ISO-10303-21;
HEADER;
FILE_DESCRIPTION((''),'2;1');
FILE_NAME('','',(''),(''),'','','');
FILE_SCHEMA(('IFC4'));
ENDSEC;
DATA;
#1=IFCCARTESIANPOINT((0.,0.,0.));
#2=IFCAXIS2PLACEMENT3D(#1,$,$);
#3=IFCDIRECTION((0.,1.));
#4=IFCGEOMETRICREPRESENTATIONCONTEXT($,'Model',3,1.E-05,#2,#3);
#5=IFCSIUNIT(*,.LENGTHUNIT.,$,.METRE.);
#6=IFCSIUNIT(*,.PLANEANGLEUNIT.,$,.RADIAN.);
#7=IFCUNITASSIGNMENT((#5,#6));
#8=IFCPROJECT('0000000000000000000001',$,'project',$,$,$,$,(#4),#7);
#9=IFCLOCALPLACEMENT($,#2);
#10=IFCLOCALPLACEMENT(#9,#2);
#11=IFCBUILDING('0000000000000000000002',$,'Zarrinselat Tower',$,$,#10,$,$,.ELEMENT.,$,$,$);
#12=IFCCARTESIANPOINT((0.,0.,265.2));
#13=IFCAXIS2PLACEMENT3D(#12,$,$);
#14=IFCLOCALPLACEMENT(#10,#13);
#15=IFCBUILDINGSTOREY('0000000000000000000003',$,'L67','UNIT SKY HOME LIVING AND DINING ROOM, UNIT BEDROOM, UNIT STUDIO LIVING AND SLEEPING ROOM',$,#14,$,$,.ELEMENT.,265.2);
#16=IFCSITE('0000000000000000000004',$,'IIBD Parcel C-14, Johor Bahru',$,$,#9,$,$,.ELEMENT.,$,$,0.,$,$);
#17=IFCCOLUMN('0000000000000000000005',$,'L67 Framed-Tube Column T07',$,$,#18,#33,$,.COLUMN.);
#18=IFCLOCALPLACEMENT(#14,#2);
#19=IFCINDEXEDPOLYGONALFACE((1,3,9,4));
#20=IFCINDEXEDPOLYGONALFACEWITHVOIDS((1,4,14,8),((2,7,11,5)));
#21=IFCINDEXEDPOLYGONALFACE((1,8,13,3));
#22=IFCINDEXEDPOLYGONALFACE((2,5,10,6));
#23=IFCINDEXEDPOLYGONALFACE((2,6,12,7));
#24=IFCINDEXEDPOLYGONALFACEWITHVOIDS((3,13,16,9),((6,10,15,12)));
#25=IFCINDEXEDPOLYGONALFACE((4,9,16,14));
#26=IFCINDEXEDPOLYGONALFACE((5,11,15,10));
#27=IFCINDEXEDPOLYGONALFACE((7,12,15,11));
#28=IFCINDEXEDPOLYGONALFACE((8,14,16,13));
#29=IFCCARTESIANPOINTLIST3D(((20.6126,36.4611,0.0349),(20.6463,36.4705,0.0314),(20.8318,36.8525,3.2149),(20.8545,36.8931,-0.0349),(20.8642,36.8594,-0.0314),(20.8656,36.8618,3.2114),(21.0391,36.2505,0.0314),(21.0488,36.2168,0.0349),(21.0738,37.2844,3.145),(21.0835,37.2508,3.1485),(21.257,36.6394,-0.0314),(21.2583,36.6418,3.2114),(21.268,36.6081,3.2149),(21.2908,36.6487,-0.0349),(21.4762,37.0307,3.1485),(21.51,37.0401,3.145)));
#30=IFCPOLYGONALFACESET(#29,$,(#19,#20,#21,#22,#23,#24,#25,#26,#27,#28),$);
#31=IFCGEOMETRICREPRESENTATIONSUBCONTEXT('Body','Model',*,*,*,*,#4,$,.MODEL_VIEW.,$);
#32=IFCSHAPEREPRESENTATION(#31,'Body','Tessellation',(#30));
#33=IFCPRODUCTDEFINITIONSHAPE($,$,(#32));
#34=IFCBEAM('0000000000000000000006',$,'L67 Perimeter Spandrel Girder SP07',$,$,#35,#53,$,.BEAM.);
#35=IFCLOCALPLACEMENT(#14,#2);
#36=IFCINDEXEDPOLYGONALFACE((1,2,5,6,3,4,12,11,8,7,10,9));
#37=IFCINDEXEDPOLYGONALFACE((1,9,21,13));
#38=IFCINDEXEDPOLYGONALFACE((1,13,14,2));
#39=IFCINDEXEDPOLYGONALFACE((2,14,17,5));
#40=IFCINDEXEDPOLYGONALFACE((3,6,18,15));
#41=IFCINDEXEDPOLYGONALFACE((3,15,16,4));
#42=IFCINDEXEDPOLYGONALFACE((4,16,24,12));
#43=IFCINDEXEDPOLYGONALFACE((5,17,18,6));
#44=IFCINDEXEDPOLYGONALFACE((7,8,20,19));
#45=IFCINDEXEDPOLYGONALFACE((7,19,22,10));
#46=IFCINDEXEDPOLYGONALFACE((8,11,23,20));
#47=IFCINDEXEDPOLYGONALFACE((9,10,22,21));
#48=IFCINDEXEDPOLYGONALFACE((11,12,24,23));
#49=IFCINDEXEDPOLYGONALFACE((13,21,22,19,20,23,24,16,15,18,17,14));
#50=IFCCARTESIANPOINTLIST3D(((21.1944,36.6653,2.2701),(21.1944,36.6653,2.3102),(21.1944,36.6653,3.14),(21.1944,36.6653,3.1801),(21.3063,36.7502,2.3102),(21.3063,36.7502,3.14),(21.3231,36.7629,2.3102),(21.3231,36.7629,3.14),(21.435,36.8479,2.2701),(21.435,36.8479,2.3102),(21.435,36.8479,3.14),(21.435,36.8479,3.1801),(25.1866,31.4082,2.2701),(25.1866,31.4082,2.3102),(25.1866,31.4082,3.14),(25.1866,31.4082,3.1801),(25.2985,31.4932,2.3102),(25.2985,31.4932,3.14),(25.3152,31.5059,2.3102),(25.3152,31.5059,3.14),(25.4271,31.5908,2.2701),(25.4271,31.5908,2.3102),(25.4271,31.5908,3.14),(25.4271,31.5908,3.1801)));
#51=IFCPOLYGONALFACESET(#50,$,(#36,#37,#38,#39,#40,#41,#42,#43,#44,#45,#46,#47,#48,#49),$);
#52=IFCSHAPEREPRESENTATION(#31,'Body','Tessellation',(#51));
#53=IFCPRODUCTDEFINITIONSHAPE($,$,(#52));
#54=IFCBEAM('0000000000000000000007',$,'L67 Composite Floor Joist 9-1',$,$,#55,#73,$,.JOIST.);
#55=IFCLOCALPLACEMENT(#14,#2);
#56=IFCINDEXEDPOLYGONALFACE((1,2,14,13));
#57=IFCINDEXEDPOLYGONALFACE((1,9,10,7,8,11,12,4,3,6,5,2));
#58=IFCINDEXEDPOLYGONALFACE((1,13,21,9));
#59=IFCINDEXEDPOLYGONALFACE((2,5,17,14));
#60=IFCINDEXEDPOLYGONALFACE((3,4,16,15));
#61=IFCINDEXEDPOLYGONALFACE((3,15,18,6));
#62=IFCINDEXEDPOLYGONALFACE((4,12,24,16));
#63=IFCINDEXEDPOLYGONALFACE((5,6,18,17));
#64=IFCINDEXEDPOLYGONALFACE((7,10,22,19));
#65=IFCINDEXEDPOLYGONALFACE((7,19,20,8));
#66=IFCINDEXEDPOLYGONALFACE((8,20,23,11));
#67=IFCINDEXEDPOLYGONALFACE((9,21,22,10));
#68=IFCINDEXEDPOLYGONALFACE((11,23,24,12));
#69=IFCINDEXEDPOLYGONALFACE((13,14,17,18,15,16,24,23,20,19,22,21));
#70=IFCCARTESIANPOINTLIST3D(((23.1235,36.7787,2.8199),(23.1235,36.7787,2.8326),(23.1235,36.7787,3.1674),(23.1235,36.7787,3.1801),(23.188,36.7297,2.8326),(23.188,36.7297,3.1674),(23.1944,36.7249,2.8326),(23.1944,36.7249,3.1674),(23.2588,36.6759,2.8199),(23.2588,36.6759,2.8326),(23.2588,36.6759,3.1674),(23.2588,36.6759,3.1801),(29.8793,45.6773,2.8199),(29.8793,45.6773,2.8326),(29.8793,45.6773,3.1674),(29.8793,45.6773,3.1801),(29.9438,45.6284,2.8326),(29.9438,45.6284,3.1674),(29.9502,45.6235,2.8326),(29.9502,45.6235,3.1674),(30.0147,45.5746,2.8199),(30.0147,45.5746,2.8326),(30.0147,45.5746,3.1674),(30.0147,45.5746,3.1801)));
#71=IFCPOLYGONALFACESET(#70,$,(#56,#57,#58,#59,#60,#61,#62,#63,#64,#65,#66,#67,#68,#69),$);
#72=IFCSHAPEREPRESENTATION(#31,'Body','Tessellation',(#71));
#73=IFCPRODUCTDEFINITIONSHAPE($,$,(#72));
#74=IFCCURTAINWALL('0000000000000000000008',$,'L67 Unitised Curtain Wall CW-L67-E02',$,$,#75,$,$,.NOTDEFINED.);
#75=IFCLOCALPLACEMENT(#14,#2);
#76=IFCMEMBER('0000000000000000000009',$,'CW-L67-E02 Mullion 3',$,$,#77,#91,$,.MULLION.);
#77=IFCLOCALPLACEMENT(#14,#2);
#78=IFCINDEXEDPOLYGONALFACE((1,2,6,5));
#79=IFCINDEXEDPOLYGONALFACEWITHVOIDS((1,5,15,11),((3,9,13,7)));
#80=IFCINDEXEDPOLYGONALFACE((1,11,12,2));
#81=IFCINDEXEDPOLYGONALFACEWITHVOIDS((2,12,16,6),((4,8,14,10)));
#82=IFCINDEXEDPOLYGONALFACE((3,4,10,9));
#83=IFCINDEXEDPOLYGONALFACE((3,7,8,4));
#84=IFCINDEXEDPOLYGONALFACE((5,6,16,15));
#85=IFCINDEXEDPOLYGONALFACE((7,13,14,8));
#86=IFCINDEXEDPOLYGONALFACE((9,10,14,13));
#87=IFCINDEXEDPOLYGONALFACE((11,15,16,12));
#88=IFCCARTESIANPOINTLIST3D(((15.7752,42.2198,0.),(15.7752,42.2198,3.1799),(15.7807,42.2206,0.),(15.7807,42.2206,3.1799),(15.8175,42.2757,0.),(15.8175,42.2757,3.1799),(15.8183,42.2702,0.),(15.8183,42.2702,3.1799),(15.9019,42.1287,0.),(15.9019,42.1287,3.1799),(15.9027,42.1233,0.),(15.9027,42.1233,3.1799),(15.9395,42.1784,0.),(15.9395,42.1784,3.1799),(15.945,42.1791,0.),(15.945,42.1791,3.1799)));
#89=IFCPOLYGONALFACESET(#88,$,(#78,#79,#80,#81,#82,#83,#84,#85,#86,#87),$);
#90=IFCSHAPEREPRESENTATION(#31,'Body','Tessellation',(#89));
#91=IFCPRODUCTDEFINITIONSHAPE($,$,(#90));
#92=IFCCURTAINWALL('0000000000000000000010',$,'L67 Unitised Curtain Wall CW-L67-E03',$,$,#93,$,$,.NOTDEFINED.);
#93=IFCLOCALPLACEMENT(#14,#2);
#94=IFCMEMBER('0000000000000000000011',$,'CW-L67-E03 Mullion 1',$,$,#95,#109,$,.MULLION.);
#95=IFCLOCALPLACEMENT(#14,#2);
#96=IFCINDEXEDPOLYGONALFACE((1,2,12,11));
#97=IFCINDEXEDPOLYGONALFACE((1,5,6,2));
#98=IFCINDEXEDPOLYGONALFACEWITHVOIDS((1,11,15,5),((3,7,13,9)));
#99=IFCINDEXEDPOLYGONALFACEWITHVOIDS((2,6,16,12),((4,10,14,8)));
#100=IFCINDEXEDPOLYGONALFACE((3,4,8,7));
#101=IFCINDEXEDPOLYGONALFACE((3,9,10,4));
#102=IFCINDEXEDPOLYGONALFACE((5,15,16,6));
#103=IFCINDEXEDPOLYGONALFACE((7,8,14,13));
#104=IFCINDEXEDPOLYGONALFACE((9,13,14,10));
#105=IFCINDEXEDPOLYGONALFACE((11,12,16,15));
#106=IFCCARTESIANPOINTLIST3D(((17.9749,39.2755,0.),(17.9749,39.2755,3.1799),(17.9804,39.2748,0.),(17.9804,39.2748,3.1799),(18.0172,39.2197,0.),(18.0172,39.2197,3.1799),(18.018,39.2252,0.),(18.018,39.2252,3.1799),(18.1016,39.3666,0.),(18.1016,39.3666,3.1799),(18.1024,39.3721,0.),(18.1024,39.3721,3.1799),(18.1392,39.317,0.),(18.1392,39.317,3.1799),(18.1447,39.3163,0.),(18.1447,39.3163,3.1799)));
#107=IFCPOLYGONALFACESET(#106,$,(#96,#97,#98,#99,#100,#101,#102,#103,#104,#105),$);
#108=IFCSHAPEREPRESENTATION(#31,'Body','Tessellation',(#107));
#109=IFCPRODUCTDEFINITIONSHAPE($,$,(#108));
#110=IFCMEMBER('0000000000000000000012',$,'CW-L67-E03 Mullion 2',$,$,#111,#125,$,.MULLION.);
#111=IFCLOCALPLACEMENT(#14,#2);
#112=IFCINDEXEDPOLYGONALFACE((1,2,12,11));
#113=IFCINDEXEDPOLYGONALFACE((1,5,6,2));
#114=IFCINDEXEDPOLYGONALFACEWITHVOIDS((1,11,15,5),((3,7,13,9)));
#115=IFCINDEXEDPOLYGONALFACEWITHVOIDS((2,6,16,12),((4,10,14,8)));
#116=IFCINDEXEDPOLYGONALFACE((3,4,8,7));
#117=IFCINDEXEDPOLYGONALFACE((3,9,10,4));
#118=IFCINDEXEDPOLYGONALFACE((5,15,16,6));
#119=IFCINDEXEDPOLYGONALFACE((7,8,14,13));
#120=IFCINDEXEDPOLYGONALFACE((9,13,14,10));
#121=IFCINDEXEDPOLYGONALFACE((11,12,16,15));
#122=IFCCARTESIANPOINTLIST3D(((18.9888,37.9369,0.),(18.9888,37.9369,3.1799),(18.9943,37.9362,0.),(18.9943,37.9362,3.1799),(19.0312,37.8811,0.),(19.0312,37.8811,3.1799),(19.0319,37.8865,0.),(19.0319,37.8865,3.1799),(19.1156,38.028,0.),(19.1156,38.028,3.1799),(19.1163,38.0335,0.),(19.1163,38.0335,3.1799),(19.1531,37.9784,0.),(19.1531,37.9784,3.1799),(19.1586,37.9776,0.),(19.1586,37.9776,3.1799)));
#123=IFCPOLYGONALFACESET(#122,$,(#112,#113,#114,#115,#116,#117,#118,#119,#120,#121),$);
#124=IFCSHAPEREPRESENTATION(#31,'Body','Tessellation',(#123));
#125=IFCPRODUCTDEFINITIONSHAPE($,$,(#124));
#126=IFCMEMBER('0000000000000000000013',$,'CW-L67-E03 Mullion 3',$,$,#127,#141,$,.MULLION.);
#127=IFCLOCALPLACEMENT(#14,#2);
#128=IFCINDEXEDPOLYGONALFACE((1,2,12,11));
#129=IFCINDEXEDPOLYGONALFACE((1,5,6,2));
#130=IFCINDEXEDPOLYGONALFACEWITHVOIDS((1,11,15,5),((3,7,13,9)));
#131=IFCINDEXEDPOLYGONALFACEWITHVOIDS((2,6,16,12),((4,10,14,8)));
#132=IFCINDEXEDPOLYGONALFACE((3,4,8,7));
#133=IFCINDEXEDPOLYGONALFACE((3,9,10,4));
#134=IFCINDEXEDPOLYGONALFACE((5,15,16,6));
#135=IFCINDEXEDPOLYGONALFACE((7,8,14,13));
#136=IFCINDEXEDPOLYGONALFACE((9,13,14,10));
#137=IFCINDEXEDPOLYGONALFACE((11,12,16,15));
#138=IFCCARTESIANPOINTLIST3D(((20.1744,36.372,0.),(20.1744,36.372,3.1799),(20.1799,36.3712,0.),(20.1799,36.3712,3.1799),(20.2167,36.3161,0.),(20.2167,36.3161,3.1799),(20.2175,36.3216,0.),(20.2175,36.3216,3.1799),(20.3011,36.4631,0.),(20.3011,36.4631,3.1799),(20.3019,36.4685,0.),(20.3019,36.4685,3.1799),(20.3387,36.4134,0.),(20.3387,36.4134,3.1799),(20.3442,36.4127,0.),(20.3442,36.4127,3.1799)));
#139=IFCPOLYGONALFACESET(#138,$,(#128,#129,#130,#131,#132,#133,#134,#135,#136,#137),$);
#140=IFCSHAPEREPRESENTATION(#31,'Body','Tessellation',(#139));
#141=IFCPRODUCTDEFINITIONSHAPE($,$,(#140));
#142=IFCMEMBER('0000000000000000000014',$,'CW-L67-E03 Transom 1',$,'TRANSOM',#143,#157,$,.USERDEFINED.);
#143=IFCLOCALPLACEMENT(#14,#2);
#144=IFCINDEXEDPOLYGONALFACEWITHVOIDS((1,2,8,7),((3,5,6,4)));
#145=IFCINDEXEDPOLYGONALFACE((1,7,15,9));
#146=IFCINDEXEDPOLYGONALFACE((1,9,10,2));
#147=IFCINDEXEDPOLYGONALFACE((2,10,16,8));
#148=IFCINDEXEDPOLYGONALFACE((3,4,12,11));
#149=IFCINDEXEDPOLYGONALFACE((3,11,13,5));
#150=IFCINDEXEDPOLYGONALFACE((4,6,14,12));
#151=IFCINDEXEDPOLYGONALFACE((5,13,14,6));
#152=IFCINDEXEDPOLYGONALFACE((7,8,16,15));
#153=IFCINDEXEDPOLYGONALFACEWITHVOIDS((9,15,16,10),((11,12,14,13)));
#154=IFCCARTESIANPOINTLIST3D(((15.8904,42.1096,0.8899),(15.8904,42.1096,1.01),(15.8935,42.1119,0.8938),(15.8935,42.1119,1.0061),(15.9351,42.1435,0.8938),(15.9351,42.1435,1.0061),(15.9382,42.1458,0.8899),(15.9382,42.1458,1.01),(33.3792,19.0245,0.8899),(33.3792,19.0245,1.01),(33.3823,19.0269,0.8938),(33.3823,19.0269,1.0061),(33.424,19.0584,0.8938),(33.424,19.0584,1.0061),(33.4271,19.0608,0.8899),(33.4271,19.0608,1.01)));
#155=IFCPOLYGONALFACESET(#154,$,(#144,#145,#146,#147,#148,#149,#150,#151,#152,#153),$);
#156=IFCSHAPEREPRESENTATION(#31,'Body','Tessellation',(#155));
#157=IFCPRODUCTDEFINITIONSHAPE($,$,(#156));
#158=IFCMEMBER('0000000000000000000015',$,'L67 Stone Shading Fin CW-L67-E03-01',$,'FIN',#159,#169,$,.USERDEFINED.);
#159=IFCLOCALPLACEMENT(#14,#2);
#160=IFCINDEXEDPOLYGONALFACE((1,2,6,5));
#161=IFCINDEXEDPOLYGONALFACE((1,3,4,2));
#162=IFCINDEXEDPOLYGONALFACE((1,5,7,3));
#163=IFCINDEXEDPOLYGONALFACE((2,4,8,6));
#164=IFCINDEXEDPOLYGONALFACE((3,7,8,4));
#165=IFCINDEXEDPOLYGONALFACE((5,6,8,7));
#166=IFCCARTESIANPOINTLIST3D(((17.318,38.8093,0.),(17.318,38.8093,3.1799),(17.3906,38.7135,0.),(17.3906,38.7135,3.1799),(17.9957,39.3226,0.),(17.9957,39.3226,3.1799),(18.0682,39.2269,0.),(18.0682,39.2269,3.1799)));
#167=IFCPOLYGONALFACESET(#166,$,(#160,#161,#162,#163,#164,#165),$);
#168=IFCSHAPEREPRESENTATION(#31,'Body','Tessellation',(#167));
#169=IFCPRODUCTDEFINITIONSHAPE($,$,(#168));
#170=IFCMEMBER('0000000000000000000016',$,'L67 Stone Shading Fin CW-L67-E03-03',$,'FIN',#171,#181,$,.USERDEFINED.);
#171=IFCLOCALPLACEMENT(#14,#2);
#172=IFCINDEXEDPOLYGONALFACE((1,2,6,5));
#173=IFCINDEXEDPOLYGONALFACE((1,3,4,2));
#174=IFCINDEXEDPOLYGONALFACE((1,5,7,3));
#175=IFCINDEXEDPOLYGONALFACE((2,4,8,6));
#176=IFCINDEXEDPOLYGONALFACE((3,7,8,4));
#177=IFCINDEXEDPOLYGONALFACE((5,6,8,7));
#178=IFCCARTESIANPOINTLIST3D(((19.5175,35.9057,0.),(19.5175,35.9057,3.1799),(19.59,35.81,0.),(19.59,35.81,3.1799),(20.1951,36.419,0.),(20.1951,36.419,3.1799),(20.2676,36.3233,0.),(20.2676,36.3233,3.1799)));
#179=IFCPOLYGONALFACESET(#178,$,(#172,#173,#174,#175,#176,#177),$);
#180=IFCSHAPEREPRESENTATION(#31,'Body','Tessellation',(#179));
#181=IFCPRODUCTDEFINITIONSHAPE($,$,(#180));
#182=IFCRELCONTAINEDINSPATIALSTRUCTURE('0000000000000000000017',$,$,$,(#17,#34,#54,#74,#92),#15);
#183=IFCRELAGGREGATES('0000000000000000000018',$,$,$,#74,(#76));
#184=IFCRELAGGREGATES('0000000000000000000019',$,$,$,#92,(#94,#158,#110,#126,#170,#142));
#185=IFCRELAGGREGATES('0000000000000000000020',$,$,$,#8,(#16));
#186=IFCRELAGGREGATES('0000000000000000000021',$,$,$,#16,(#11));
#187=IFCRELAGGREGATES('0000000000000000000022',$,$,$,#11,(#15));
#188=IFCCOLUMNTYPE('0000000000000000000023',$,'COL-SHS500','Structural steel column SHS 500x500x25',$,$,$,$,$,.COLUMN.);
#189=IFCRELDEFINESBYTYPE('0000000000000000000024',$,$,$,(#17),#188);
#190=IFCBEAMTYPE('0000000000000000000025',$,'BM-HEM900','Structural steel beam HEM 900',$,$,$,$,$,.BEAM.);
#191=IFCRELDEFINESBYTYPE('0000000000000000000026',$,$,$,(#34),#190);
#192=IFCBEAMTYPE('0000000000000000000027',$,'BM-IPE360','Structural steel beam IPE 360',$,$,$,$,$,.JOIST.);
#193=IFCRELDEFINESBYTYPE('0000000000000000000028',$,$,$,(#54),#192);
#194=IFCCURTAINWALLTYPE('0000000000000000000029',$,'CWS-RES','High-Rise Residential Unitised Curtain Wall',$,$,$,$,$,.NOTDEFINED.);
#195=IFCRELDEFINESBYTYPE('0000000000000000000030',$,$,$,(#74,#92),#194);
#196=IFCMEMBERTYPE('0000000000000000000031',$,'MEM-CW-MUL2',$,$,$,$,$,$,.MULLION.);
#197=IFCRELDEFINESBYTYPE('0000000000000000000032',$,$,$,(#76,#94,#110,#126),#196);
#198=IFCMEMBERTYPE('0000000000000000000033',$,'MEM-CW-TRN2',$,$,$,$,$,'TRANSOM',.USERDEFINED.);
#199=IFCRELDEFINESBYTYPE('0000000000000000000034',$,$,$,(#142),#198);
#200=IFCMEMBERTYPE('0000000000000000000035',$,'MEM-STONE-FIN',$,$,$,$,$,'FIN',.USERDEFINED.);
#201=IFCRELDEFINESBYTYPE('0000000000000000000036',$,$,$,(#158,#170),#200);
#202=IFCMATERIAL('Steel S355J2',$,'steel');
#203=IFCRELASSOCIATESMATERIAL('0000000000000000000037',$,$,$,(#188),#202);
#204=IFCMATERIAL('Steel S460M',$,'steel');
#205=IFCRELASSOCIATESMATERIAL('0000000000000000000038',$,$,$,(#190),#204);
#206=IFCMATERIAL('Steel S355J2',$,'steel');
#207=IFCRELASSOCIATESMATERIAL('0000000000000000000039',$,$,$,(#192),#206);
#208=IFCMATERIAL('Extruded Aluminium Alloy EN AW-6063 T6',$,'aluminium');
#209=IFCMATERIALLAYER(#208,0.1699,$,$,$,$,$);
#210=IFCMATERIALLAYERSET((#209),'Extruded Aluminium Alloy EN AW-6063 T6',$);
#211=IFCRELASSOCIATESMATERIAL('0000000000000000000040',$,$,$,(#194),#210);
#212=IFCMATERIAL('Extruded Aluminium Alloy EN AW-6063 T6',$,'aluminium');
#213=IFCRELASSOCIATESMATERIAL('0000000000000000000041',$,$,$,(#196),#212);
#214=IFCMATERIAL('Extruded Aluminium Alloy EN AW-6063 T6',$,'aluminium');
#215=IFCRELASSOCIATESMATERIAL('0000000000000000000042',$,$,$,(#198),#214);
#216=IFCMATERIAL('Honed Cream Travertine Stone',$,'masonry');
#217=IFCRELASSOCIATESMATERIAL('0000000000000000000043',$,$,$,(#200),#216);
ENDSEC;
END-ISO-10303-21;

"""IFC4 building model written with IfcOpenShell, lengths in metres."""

from ifc_helpers import new_model, si_unit, direction, frame, origin, origin_2d, place, context, subcontext, project, spatial, rectangle, hollow_rectangle, i_section, extrude, material, layer, layer_set, material_profile, profile_set, type_object, element, aggregate, save


model = new_model("IFC4")

# Units and contexts
model_context = context("Model", 3, precision=1e-05, world=origin(), true_north=direction((0.0, 1.0)))
body_context = subcontext(model_context, "Body", "Model", "MODEL_VIEW")
ifc_project = project(units=[si_unit("LENGTHUNIT", "METRE"), si_unit("PLANEANGLEUNIT", "RADIAN")], contexts=[model_context])

# Site, building, storey
site_placement = place(None, origin())
site = spatial("IfcSite", under=ifc_project, at=site_placement, Name="IIBD Parcel C-14, Johor Bahru", CompositionType="ELEMENT", RefElevation=0.0)
building_placement = place(site_placement, origin())
building = spatial("IfcBuilding", under=site, at=building_placement, Name="Zarrinselat Tower", CompositionType="ELEMENT")
storey_placement = place(building_placement, frame((0.0, 0.0, 265.2)))
storey = spatial("IfcBuildingStorey", under=building, at=storey_placement, Name="L67", Description="UNIT SKY HOME LIVING AND DINING ROOM, UNIT BEDROOM, UNIT STUDIO LIVING AND SLEEPING ROOM", CompositionType="ELEMENT", Elevation=265.2)

# Column
ifc_material_1 = material(Name="Steel S355J2", Category="steel")
ifc_material_profile_1 = material_profile(ifc_material_1, hollow_rectangle(XDim=0.5, YDim=0.5, WallThickness=0.0249, at=origin_2d()), Name="SHS 500x500x25")
ifc_profile_set_1 = profile_set([ifc_material_profile_1], Name="Steel S355J2")
column_type = type_object("IfcColumnType", Name="COL-SHS500", Description="Structural steel column SHS 500x500x25", PredefinedType="COLUMN", material=ifc_profile_set_1)
column_placement = place(storey_placement, frame((20.9517, 36.5549, 0.0), z_axis=(0.068268, 0.121864, 0.990196), x_axis=(-0.872432, 0.488736, 0.0)))
element("IfcColumn", 1, at=column_placement, inside=storey, type_object=column_type, Name="L67 Framed-Tube Column T07", PredefinedType="COLUMN", context=body_context, shape_type="SweptSolid", body=[
    extrude(hollow_rectangle(XDim=0.5, YDim=0.5, WallThickness=0.0249, at=origin_2d()), origin(), (0.0, 0.0, 1.0), 3.2114),
])

# Beams
ifc_material_2 = material(Name="Steel S460M", Category="steel")
ifc_material_profile_2 = material_profile(ifc_material_2, i_section(OverallWidth=0.302, OverallDepth=0.9099, WebThickness=0.021, FlangeThickness=0.04, at=origin_2d()), Name="HEM 900")
ifc_profile_set_2 = profile_set([ifc_material_profile_2], Name="Steel S460M")
beam_type_1 = type_object("IfcBeamType", Name="BM-HEM900", Description="Structural steel beam HEM 900", PredefinedType="BEAM", material=ifc_profile_set_2)
beam_1_placement = place(storey_placement, frame((21.3147, 36.7566, 2.7251), z_axis=(0.604777, -0.796395, 0.0), x_axis=(0.796395, 0.604777, 0.0)))
element("IfcBeam", 2, at=beam_1_placement, inside=storey, type_object=beam_type_1, Name="L67 Perimeter Spandrel Girder SP07", PredefinedType="BEAM", context=body_context, shape_type="SweptSolid", body=[
    extrude(i_section(OverallWidth=0.302, OverallDepth=0.9099, WebThickness=0.021, FlangeThickness=0.04, at=origin_2d()), origin(), (0.0, 0.0, 1.0), 6.6011),
])
ifc_material_3 = material(Name="Steel S355J2", Category="steel")
ifc_material_profile_3 = material_profile(ifc_material_3, i_section(OverallWidth=0.1699, OverallDepth=0.3601, WebThickness=0.0081, FlangeThickness=0.0127, at=origin_2d()), Name="IPE 360")
ifc_profile_set_3 = profile_set([ifc_material_profile_3], Name="Steel S355J2")
beam_type_2 = type_object("IfcBeamType", Name="BM-IPE360", Description="Structural steel beam IPE 360", PredefinedType="JOIST", material=ifc_profile_set_3)
beam_2_placement = place(storey_placement, frame((23.1912, 36.7273, 3.0), z_axis=(0.604678, 0.79647, 0.0), x_axis=(-0.79647, 0.604678, 0.0)))
element("IfcBeam", 3, at=beam_2_placement, inside=storey, type_object=beam_type_2, Name="L67 Composite Floor Joist 9-1", PredefinedType="JOIST", context=body_context, shape_type="SweptSolid", body=[
    extrude(i_section(OverallWidth=0.1699, OverallDepth=0.3601, WebThickness=0.0081, FlangeThickness=0.0127, at=origin_2d()), origin(), (0.0, 0.0, 1.0), 11.1726),
])

# Curtain wall, member
ifc_material_4 = material(Name="Extruded Aluminium Alloy EN AW-6063 T6", Category="aluminium")
ifc_layer_1 = layer(ifc_material_4, 0.1699)
ifc_layer_set_1 = layer_set([ifc_layer_1], Name="Extruded Aluminium Alloy EN AW-6063 T6")
curtain_wall_type = type_object("IfcCurtainWallType", Name="CWS-RES", Description="High-Rise Residential Unitised Curtain Wall", PredefinedType="NOTDEFINED", material=ifc_layer_set_1)
curtain_wall_1_placement = place(storey_placement, origin())
curtain_wall_1 = element("IfcCurtainWall", 4, at=curtain_wall_1_placement, inside=storey, type_object=curtain_wall_type, Name="L67 Unitised Curtain Wall CW-L67-E02", PredefinedType="NOTDEFINED")
ifc_material_5 = material(Name="Extruded Aluminium Alloy EN AW-6063 T6", Category="aluminium")
ifc_material_profile_4 = material_profile(ifc_material_5, hollow_rectangle(XDim=0.0701, YDim=0.1599, WallThickness=0.0039, at=origin_2d()), Name="RHS 160x70x4")
ifc_profile_set_4 = profile_set([ifc_material_profile_4], Name="Extruded Aluminium Alloy EN AW-6063 T6")
member_type_1 = type_object("IfcMemberType", Name="MEM-CW-MUL2", PredefinedType="MULLION", material=ifc_profile_set_4)
member_1_placement = place(storey_placement, frame((15.8601, 42.1995, 0.0), z_axis=(0.0, 0.0, 1.0), x_axis=(-0.603855, -0.797094, 0.0)))
member_1 = element("IfcMember", 5, at=member_1_placement, type_object=member_type_1, Name="CW-L67-E02 Mullion 3", PredefinedType="MULLION", context=body_context, shape_type="SweptSolid", body=[
    extrude(hollow_rectangle(XDim=0.0701, YDim=0.1599, WallThickness=0.0039, at=origin_2d()), origin(), (0.0, 0.0, 1.0), 3.1799),
])
aggregate(curtain_wall_1, [member_1])

# Curtain wall, members
curtain_wall_2_placement = place(storey_placement, origin())
curtain_wall_2 = element("IfcCurtainWall", 6, at=curtain_wall_2_placement, inside=storey, type_object=curtain_wall_type, Name="L67 Unitised Curtain Wall CW-L67-E03", PredefinedType="NOTDEFINED")
member_2_placement = place(storey_placement, frame((18.0598, 39.2959, 0.0), z_axis=(0.0, 0.0, 1.0), x_axis=(0.603858, -0.797092, 0.0)))
member_2 = element("IfcMember", 7, at=member_2_placement, type_object=member_type_1, Name="CW-L67-E03 Mullion 1", PredefinedType="MULLION", context=body_context, shape_type="SweptSolid", body=[
    extrude(hollow_rectangle(XDim=0.0701, YDim=0.1599, WallThickness=0.0039, at=origin_2d()), origin(), (0.0, 0.0, 1.0), 3.1799),
])
member_3_placement = place(storey_placement, frame((19.0737, 37.9573, 0.0), z_axis=(0.0, 0.0, 1.0), x_axis=(0.603858, -0.797092, 0.0)))
member_3 = element("IfcMember", 8, at=member_3_placement, type_object=member_type_1, Name="CW-L67-E03 Mullion 2", PredefinedType="MULLION", context=body_context, shape_type="SweptSolid", body=[
    extrude(hollow_rectangle(XDim=0.0701, YDim=0.1599, WallThickness=0.0039, at=origin_2d()), origin(), (0.0, 0.0, 1.0), 3.1799),
])
member_4_placement = place(storey_placement, frame((20.2593, 36.3923, 0.0), z_axis=(0.0, 0.0, 1.0), x_axis=(0.603858, -0.797092, 0.0)))
member_4 = element("IfcMember", 9, at=member_4_placement, type_object=member_type_1, Name="CW-L67-E03 Mullion 3", PredefinedType="MULLION", context=body_context, shape_type="SweptSolid", body=[
    extrude(hollow_rectangle(XDim=0.0701, YDim=0.1599, WallThickness=0.0039, at=origin_2d()), origin(), (0.0, 0.0, 1.0), 3.1799),
])
ifc_material_6 = material(Name="Extruded Aluminium Alloy EN AW-6063 T6", Category="aluminium")
ifc_material_profile_5 = material_profile(ifc_material_6, hollow_rectangle(XDim=0.0601, YDim=0.1201, WallThickness=0.0039, at=origin_2d()), Name="RHS 120x60x4")
ifc_profile_set_5 = profile_set([ifc_material_profile_5], Name="Extruded Aluminium Alloy EN AW-6063 T6")
member_type_2 = type_object("IfcMemberType", Name="MEM-CW-TRN2", ElementType="TRANSOM", PredefinedType="USERDEFINED", material=ifc_profile_set_5)
member_5_placement = place(storey_placement, frame((15.9143, 42.1277, 0.95), z_axis=(0.603861, -0.797089, 0.0), x_axis=(0.797089, 0.603861, 0.0)))
member_5 = element("IfcMember", 10, at=member_5_placement, type_object=member_type_2, Name="CW-L67-E03 Transom 1", ObjectType="TRANSOM", PredefinedType="USERDEFINED", context=body_context, shape_type="SweptSolid", body=[
    extrude(hollow_rectangle(XDim=0.0601, YDim=0.1201, WallThickness=0.0039, at=origin_2d()), origin(), (0.0, 0.0, 1.0), 28.9617),
])
ifc_material_7 = material(Name="Honed Cream Travertine Stone", Category="masonry")
ifc_material_profile_6 = material_profile(ifc_material_7, rectangle(XDim=0.1201, YDim=0.8501, at=origin_2d()), Name="FIN 850x120")
ifc_profile_set_6 = profile_set([ifc_material_profile_6], Name="Honed Cream Travertine Stone")
member_type_3 = type_object("IfcMemberType", Name="MEM-STONE-FIN", ElementType="FIN", PredefinedType="USERDEFINED", material=ifc_profile_set_6)
member_6_placement = place(storey_placement, frame((17.6931, 39.0181, 0.0), z_axis=(0.0, 0.0, 1.0), x_axis=(-0.603858, 0.797092, 0.0)))
member_6 = element("IfcMember", 11, at=member_6_placement, type_object=member_type_3, Name="L67 Stone Shading Fin CW-L67-E03-01", ObjectType="FIN", PredefinedType="USERDEFINED", context=body_context, shape_type="SweptSolid", body=[
    extrude(rectangle(XDim=0.1201, YDim=0.8501, at=origin_2d()), origin(), (0.0, 0.0, 1.0), 3.1799),
])
member_7_placement = place(storey_placement, frame((19.8926, 36.1145, 0.0), z_axis=(0.0, 0.0, 1.0), x_axis=(-0.603858, 0.797092, 0.0)))
member_7 = element("IfcMember", 12, at=member_7_placement, type_object=member_type_3, Name="L67 Stone Shading Fin CW-L67-E03-03", ObjectType="FIN", PredefinedType="USERDEFINED", context=body_context, shape_type="SweptSolid", body=[
    extrude(rectangle(XDim=0.1201, YDim=0.8501, at=origin_2d()), origin(), (0.0, 0.0, 1.0), 3.1799),
])
aggregate(curtain_wall_2, [member_2, member_6, member_3, member_4, member_7, member_5])

save(model, "model.ifc")
